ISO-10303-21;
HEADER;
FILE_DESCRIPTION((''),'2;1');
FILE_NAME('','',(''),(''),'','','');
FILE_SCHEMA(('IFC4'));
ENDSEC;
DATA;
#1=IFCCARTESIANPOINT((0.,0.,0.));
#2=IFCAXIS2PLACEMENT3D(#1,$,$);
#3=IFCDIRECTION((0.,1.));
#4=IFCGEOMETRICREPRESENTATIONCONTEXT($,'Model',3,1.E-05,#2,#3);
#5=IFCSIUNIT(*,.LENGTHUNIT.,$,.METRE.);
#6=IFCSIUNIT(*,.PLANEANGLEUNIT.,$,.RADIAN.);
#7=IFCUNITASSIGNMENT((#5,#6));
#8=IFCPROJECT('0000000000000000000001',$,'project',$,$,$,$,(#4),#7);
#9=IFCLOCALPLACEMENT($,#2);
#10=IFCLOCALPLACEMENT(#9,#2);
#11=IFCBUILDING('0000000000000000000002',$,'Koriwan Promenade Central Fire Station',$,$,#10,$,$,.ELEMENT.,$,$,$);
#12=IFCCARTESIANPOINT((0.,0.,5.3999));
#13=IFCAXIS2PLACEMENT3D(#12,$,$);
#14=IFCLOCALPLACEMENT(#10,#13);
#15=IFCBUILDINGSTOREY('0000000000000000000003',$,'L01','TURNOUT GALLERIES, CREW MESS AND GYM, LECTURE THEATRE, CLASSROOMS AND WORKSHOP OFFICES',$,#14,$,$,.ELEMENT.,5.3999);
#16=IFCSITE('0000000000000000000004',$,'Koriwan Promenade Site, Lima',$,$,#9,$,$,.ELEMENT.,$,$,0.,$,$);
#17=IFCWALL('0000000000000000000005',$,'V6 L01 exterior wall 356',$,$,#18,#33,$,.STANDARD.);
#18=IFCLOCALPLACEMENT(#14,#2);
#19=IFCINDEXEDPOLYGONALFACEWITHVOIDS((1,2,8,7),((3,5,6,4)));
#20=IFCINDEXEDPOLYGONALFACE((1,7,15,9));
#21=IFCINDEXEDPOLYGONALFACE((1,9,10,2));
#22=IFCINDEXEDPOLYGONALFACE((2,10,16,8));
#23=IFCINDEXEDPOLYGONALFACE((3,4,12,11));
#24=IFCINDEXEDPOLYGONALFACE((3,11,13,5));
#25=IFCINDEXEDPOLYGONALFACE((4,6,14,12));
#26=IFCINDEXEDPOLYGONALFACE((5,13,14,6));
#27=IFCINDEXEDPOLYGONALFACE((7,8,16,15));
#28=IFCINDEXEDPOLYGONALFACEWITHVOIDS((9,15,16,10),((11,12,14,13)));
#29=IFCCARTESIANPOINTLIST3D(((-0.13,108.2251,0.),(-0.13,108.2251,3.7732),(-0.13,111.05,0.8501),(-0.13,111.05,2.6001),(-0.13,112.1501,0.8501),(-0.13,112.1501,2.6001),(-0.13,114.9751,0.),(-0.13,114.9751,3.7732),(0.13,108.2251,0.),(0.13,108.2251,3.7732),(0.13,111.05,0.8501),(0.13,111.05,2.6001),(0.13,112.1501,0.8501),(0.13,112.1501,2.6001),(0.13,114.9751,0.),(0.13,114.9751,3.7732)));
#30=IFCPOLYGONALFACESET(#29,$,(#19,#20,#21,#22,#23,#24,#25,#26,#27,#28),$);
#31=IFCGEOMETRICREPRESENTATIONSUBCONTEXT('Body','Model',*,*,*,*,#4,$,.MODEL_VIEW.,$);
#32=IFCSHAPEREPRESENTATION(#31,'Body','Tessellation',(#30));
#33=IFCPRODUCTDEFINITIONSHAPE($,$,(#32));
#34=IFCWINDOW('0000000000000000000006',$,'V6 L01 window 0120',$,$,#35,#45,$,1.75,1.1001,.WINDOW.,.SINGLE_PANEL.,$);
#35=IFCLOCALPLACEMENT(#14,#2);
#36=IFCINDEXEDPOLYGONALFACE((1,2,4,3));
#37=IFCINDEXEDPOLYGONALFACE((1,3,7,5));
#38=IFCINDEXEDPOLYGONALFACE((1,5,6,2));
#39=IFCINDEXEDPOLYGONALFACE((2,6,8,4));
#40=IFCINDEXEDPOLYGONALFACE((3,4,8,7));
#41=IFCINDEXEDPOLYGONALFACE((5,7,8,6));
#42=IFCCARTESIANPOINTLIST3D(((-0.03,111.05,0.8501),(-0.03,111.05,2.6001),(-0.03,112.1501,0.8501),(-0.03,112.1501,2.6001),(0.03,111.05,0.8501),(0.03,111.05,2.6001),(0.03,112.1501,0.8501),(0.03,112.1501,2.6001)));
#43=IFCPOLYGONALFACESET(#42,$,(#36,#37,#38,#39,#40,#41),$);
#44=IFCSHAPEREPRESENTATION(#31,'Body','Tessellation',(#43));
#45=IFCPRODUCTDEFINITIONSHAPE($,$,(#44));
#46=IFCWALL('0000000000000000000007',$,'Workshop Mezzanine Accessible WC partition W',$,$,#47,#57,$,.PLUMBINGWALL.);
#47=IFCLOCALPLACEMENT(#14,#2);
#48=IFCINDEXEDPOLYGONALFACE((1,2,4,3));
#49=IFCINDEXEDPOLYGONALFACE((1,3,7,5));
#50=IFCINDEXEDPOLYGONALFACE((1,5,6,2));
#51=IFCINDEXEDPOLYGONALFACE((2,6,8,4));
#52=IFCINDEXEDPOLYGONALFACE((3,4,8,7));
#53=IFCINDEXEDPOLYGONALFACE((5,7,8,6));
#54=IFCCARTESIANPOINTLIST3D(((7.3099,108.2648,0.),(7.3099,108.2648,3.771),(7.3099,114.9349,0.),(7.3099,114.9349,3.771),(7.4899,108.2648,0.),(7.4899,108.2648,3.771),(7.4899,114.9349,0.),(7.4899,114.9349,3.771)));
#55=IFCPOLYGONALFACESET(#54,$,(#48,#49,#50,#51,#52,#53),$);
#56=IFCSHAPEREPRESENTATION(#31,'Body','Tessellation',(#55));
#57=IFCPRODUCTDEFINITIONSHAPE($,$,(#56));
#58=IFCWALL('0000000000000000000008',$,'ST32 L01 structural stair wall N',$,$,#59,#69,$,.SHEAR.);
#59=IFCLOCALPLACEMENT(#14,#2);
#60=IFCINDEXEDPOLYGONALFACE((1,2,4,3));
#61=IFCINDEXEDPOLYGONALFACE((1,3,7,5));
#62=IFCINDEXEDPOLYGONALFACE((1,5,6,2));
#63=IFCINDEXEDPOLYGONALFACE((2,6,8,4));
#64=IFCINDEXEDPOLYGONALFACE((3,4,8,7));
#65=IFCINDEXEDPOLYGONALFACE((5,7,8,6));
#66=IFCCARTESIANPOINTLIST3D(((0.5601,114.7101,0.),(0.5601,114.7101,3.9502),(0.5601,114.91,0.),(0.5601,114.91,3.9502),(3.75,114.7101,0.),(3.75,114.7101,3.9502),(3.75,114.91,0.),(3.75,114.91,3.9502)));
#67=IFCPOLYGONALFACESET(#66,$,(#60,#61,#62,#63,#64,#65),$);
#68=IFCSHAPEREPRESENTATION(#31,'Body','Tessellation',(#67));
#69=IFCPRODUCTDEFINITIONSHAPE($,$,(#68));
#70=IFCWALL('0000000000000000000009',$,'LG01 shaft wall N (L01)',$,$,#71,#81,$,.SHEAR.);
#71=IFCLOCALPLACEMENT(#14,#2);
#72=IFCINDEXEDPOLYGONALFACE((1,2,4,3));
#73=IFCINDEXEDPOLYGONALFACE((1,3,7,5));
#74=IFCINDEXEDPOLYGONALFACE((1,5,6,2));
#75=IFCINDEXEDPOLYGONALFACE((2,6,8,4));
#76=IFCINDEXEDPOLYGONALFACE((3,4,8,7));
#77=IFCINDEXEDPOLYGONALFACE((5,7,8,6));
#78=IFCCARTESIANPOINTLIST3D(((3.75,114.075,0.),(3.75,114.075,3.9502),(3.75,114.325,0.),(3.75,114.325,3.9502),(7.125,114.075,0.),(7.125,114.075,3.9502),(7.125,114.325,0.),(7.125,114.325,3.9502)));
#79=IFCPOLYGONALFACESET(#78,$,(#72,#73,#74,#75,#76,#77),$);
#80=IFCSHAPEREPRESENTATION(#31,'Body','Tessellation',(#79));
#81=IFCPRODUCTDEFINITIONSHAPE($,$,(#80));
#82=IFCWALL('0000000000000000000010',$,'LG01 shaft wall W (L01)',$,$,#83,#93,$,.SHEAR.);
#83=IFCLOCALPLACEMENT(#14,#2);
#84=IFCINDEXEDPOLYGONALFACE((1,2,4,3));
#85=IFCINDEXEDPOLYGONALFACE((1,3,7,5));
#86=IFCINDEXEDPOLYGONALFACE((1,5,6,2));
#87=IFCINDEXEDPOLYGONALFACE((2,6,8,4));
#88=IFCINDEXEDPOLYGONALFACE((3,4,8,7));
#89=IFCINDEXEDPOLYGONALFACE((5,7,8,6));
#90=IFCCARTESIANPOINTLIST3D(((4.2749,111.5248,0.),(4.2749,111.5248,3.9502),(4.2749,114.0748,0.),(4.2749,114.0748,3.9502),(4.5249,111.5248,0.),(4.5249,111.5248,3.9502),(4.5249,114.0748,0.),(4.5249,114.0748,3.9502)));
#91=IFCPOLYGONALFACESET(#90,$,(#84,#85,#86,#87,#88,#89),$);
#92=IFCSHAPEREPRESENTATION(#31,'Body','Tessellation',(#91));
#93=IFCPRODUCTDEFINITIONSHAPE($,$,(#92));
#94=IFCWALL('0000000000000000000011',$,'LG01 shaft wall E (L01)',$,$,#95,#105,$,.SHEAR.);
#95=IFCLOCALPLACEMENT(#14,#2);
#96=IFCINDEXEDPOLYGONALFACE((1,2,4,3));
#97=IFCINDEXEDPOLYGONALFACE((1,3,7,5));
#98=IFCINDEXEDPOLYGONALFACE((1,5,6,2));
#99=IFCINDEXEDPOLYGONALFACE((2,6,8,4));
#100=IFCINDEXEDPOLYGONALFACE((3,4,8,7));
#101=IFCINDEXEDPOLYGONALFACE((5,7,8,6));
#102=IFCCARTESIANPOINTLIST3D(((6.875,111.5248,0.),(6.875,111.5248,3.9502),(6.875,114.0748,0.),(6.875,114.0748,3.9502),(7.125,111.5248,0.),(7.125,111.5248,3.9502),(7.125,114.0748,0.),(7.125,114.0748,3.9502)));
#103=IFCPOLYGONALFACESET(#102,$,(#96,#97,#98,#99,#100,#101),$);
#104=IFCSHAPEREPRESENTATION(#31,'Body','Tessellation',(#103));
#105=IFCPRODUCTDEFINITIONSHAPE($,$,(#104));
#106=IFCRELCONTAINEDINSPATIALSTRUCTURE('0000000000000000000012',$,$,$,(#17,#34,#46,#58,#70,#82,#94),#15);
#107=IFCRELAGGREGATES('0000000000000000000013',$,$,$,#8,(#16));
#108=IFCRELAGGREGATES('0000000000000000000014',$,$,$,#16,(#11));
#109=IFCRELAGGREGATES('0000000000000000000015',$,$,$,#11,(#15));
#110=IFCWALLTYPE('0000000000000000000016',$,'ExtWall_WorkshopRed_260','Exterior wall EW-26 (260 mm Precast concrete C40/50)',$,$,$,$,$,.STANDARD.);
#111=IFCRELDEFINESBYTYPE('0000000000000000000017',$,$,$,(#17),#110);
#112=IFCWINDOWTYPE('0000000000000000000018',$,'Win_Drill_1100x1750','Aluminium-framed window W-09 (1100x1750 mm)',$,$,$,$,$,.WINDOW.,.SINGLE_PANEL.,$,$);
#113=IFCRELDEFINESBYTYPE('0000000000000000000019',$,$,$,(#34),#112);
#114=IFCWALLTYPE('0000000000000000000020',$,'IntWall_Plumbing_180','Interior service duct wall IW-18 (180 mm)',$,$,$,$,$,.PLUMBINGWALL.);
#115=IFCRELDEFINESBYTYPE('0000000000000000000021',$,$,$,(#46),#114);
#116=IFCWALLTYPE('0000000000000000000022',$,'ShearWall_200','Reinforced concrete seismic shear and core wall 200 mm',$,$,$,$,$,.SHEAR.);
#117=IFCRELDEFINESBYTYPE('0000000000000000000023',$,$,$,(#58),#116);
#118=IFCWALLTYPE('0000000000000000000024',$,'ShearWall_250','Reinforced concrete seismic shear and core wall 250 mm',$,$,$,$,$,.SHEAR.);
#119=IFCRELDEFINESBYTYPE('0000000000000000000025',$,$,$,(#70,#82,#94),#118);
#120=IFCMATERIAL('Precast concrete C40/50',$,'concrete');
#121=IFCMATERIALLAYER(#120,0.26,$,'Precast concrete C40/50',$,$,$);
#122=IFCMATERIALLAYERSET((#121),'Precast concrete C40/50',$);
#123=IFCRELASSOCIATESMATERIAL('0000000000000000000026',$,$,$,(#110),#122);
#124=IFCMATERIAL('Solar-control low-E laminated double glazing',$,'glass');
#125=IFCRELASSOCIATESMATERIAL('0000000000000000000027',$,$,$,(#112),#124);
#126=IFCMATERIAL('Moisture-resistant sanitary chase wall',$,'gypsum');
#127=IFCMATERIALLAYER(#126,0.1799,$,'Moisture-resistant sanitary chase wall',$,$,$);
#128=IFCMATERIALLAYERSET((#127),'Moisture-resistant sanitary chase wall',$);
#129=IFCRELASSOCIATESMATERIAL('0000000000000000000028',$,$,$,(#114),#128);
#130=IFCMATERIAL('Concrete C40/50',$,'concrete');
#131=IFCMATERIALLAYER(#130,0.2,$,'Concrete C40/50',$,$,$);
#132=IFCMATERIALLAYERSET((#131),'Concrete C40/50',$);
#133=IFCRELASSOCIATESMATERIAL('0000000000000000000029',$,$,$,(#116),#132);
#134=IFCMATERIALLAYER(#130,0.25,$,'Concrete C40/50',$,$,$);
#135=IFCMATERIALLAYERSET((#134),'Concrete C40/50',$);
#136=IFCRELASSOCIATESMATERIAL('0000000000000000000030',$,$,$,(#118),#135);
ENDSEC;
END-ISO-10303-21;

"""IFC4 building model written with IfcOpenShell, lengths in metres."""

from ifc_helpers import new_model, si_unit, direction, frame, frame_2d, origin, place, context, subcontext, project, spatial, rectangle, extrude, material, layer, layer_set, type_object, element, fill, save


model = new_model("IFC4")

# Units and contexts
model_context = context("Model", 3, precision=1e-05, world=origin(), true_north=direction((0.0, 1.0)))
body_context = subcontext(model_context, "Body", "Model", "MODEL_VIEW")
ifc_project = project(units=[si_unit("LENGTHUNIT", "METRE"), si_unit("PLANEANGLEUNIT", "RADIAN")], contexts=[model_context])

# Site, building, storey
site_placement = place(None, origin())
site = spatial("IfcSite", under=ifc_project, at=site_placement, Name="Koriwan Promenade Site, Lima", CompositionType="ELEMENT", RefElevation=0.0)
building_placement = place(site_placement, origin())
building = spatial("IfcBuilding", under=site, at=building_placement, Name="Koriwan Promenade Central Fire Station", CompositionType="ELEMENT")
storey_placement = place(building_placement, frame((0.0, 0.0, 5.3999)))
storey = spatial("IfcBuildingStorey", under=building, at=storey_placement, Name="L01", Description="TURNOUT GALLERIES, CREW MESS AND GYM, LECTURE THEATRE, CLASSROOMS AND WORKSHOP OFFICES", CompositionType="ELEMENT", Elevation=5.3999)

# Shared definitions
ifc_material_1 = material(Name="Concrete C40/50", Category="concrete")

# Wall, opening, window
ifc_material_2 = material(Name="Precast concrete C40/50", Category="concrete")
ifc_layer_1 = layer(ifc_material_2, 0.26, Name="Precast concrete C40/50")
ifc_layer_set_1 = layer_set([ifc_layer_1], Name="Precast concrete C40/50")
wall_type_1 = type_object("IfcWallType", Name="ExtWall_WorkshopRed_260", Description="Exterior wall EW-26 (260 mm Precast concrete C40/50)", PredefinedType="STANDARD", material=ifc_layer_set_1)
ifc_material_3 = material(Name="Solar-control low-E laminated double glazing", Category="glass")
wall_1_placement = place(storey_placement, frame((0.0, 114.9751, 0.0), z_axis=(0.0, 0.0, 1.0), x_axis=(0.0, -1.0, 0.0)))
wall_1 = element("IfcWall", 1, at=wall_1_placement, inside=storey, type_object=wall_type_1, Name="V6 L01 exterior wall 356", PredefinedType="STANDARD", context=body_context, shape_type="SweptSolid", body=[
    extrude(rectangle(XDim=6.75, YDim=0.26, at=frame_2d((3.375, 0.0))), origin(), (0.0, 0.0, 1.0), 3.7732),
])
opening_1_placement = place(wall_1_placement, frame((2.825, 0.0, 0.8501)))
opening_1 = element("IfcOpeningElement", 2, at=opening_1_placement, cuts=wall_1, PredefinedType="OPENING", context=body_context, shape_type="SweptSolid", body=[
    extrude(rectangle(XDim=1.1001, YDim=1.75, at=frame_2d((0.55, 0.875))), frame((0.0, 0.1421, 0.0), z_axis=(0.0, -1.0, 0.0), x_axis=(1.0, 0.0, 0.0)), (0.0, 0.0, 1.0), 0.2839),
])
window_type_1 = type_object("IfcWindowType", Name="Win_Drill_1100x1750", Description="Aluminium-framed window W-09 (1100x1750 mm)", PartitioningType="SINGLE_PANEL", PredefinedType="WINDOW", material=ifc_material_3)
window_1_placement = place(opening_1_placement, origin())
window_1 = element("IfcWindow", 3, at=window_1_placement, inside=storey, type_object=window_type_1, Name="V6 L01 window 0120", OverallHeight=1.75, OverallWidth=1.1001, PartitioningType="SINGLE_PANEL", PredefinedType="WINDOW", context=body_context, shape_type="SweptSolid", body=[
    extrude(rectangle(XDim=1.1001, YDim=1.75, at=frame_2d((0.55, 0.875))), frame((0.0, 0.03, 0.0), z_axis=(0.0, -1.0, 0.0), x_axis=(1.0, 0.0, 0.0)), (0.0, 0.0, 1.0), 0.0601),
])
fill(opening_1, window_1)

# Walls
ifc_material_4 = material(Name="Moisture-resistant sanitary chase wall", Category="gypsum")
ifc_layer_2 = layer(ifc_material_4, 0.1799, Name="Moisture-resistant sanitary chase wall")
ifc_layer_set_2 = layer_set([ifc_layer_2], Name="Moisture-resistant sanitary chase wall")
wall_type_2 = type_object("IfcWallType", Name="IntWall_Plumbing_180", Description="Interior service duct wall IW-18 (180 mm)", PredefinedType="PLUMBINGWALL", material=ifc_layer_set_2)
wall_2_placement = place(storey_placement, frame((7.3999, 108.2649, 0.0), z_axis=(0.0, 0.0, 1.0), x_axis=(0.0, 1.0, 0.0)))
element("IfcWall", 4, at=wall_2_placement, inside=storey, type_object=wall_type_2, Name="Workshop Mezzanine Accessible WC partition W", PredefinedType="PLUMBINGWALL", context=body_context, shape_type="SweptSolid", body=[
    extrude(rectangle(XDim=6.6702, YDim=0.1799, at=frame_2d((3.335, 0.0))), origin(), (0.0, 0.0, 1.0), 3.771),
])
ifc_layer_3 = layer(ifc_material_1, 0.2, Name="Concrete C40/50")
ifc_layer_set_3 = layer_set([ifc_layer_3], Name="Concrete C40/50")
wall_type_3 = type_object("IfcWallType", Name="ShearWall_200", Description="Reinforced concrete seismic shear and core wall 200 mm", PredefinedType="SHEAR", material=ifc_layer_set_3)
wall_3_placement = place(storey_placement, frame((0.5601, 114.8101, 0.0), z_axis=(0.0, 0.0, 1.0), x_axis=(1.0, 0.0, 0.0)))
element("IfcWall", 5, at=wall_3_placement, inside=storey, type_object=wall_type_3, Name="ST32 L01 structural stair wall N", PredefinedType="SHEAR", context=body_context, shape_type="SweptSolid", body=[
    extrude(rectangle(XDim=3.1899, YDim=0.2, at=frame_2d((1.595, 0.0))), origin(), (0.0, 0.0, 1.0), 3.9502),
])

# Shared definitions
ifc_layer_4 = layer(ifc_material_1, 0.25, Name="Concrete C40/50")
ifc_layer_set_4 = layer_set([ifc_layer_4], Name="Concrete C40/50")
wall_type_4 = type_object("IfcWallType", Name="ShearWall_250", Description="Reinforced concrete seismic shear and core wall 250 mm", PredefinedType="SHEAR", material=ifc_layer_set_4)

# Walls
wall_4_placement = place(storey_placement, frame((3.75, 114.2, 0.0), z_axis=(0.0, 0.0, 1.0), x_axis=(1.0, 0.0, 0.0)))
element("IfcWall", 6, at=wall_4_placement, inside=storey, type_object=wall_type_4, Name="LG01 shaft wall N (L01)", PredefinedType="SHEAR", context=body_context, shape_type="SweptSolid", body=[
    extrude(rectangle(XDim=3.375, YDim=0.25, at=frame_2d((1.6875, 0.0))), origin(), (0.0, 0.0, 1.0), 3.9502),
])
for number, where, z_axis, x_axis, name in (
    (7, (4.3999, 111.5249, 0.0), (0.0, 0.0, 1.0), (0.0, 1.0, 0.0), "LG01 shaft wall W (L01)"),
    (8, (7.0, 111.5249, 0.0), (0.0, 0.0, 1.0), (0.0, 1.0, 0.0), "LG01 shaft wall E (L01)"),
):
    element("IfcWall", number, at=place(storey_placement, frame(where, z_axis=z_axis, x_axis=x_axis)), inside=storey, type_object=wall_type_4, Name=name, PredefinedType="SHEAR", context=body_context, shape_type="SweptSolid", body=[
        extrude(rectangle(XDim=2.55, YDim=0.25, at=frame_2d((1.2749, 0.0))), origin(), (0.0, 0.0, 1.0), 3.9502),
    ])

save(model, "model.ifc")
